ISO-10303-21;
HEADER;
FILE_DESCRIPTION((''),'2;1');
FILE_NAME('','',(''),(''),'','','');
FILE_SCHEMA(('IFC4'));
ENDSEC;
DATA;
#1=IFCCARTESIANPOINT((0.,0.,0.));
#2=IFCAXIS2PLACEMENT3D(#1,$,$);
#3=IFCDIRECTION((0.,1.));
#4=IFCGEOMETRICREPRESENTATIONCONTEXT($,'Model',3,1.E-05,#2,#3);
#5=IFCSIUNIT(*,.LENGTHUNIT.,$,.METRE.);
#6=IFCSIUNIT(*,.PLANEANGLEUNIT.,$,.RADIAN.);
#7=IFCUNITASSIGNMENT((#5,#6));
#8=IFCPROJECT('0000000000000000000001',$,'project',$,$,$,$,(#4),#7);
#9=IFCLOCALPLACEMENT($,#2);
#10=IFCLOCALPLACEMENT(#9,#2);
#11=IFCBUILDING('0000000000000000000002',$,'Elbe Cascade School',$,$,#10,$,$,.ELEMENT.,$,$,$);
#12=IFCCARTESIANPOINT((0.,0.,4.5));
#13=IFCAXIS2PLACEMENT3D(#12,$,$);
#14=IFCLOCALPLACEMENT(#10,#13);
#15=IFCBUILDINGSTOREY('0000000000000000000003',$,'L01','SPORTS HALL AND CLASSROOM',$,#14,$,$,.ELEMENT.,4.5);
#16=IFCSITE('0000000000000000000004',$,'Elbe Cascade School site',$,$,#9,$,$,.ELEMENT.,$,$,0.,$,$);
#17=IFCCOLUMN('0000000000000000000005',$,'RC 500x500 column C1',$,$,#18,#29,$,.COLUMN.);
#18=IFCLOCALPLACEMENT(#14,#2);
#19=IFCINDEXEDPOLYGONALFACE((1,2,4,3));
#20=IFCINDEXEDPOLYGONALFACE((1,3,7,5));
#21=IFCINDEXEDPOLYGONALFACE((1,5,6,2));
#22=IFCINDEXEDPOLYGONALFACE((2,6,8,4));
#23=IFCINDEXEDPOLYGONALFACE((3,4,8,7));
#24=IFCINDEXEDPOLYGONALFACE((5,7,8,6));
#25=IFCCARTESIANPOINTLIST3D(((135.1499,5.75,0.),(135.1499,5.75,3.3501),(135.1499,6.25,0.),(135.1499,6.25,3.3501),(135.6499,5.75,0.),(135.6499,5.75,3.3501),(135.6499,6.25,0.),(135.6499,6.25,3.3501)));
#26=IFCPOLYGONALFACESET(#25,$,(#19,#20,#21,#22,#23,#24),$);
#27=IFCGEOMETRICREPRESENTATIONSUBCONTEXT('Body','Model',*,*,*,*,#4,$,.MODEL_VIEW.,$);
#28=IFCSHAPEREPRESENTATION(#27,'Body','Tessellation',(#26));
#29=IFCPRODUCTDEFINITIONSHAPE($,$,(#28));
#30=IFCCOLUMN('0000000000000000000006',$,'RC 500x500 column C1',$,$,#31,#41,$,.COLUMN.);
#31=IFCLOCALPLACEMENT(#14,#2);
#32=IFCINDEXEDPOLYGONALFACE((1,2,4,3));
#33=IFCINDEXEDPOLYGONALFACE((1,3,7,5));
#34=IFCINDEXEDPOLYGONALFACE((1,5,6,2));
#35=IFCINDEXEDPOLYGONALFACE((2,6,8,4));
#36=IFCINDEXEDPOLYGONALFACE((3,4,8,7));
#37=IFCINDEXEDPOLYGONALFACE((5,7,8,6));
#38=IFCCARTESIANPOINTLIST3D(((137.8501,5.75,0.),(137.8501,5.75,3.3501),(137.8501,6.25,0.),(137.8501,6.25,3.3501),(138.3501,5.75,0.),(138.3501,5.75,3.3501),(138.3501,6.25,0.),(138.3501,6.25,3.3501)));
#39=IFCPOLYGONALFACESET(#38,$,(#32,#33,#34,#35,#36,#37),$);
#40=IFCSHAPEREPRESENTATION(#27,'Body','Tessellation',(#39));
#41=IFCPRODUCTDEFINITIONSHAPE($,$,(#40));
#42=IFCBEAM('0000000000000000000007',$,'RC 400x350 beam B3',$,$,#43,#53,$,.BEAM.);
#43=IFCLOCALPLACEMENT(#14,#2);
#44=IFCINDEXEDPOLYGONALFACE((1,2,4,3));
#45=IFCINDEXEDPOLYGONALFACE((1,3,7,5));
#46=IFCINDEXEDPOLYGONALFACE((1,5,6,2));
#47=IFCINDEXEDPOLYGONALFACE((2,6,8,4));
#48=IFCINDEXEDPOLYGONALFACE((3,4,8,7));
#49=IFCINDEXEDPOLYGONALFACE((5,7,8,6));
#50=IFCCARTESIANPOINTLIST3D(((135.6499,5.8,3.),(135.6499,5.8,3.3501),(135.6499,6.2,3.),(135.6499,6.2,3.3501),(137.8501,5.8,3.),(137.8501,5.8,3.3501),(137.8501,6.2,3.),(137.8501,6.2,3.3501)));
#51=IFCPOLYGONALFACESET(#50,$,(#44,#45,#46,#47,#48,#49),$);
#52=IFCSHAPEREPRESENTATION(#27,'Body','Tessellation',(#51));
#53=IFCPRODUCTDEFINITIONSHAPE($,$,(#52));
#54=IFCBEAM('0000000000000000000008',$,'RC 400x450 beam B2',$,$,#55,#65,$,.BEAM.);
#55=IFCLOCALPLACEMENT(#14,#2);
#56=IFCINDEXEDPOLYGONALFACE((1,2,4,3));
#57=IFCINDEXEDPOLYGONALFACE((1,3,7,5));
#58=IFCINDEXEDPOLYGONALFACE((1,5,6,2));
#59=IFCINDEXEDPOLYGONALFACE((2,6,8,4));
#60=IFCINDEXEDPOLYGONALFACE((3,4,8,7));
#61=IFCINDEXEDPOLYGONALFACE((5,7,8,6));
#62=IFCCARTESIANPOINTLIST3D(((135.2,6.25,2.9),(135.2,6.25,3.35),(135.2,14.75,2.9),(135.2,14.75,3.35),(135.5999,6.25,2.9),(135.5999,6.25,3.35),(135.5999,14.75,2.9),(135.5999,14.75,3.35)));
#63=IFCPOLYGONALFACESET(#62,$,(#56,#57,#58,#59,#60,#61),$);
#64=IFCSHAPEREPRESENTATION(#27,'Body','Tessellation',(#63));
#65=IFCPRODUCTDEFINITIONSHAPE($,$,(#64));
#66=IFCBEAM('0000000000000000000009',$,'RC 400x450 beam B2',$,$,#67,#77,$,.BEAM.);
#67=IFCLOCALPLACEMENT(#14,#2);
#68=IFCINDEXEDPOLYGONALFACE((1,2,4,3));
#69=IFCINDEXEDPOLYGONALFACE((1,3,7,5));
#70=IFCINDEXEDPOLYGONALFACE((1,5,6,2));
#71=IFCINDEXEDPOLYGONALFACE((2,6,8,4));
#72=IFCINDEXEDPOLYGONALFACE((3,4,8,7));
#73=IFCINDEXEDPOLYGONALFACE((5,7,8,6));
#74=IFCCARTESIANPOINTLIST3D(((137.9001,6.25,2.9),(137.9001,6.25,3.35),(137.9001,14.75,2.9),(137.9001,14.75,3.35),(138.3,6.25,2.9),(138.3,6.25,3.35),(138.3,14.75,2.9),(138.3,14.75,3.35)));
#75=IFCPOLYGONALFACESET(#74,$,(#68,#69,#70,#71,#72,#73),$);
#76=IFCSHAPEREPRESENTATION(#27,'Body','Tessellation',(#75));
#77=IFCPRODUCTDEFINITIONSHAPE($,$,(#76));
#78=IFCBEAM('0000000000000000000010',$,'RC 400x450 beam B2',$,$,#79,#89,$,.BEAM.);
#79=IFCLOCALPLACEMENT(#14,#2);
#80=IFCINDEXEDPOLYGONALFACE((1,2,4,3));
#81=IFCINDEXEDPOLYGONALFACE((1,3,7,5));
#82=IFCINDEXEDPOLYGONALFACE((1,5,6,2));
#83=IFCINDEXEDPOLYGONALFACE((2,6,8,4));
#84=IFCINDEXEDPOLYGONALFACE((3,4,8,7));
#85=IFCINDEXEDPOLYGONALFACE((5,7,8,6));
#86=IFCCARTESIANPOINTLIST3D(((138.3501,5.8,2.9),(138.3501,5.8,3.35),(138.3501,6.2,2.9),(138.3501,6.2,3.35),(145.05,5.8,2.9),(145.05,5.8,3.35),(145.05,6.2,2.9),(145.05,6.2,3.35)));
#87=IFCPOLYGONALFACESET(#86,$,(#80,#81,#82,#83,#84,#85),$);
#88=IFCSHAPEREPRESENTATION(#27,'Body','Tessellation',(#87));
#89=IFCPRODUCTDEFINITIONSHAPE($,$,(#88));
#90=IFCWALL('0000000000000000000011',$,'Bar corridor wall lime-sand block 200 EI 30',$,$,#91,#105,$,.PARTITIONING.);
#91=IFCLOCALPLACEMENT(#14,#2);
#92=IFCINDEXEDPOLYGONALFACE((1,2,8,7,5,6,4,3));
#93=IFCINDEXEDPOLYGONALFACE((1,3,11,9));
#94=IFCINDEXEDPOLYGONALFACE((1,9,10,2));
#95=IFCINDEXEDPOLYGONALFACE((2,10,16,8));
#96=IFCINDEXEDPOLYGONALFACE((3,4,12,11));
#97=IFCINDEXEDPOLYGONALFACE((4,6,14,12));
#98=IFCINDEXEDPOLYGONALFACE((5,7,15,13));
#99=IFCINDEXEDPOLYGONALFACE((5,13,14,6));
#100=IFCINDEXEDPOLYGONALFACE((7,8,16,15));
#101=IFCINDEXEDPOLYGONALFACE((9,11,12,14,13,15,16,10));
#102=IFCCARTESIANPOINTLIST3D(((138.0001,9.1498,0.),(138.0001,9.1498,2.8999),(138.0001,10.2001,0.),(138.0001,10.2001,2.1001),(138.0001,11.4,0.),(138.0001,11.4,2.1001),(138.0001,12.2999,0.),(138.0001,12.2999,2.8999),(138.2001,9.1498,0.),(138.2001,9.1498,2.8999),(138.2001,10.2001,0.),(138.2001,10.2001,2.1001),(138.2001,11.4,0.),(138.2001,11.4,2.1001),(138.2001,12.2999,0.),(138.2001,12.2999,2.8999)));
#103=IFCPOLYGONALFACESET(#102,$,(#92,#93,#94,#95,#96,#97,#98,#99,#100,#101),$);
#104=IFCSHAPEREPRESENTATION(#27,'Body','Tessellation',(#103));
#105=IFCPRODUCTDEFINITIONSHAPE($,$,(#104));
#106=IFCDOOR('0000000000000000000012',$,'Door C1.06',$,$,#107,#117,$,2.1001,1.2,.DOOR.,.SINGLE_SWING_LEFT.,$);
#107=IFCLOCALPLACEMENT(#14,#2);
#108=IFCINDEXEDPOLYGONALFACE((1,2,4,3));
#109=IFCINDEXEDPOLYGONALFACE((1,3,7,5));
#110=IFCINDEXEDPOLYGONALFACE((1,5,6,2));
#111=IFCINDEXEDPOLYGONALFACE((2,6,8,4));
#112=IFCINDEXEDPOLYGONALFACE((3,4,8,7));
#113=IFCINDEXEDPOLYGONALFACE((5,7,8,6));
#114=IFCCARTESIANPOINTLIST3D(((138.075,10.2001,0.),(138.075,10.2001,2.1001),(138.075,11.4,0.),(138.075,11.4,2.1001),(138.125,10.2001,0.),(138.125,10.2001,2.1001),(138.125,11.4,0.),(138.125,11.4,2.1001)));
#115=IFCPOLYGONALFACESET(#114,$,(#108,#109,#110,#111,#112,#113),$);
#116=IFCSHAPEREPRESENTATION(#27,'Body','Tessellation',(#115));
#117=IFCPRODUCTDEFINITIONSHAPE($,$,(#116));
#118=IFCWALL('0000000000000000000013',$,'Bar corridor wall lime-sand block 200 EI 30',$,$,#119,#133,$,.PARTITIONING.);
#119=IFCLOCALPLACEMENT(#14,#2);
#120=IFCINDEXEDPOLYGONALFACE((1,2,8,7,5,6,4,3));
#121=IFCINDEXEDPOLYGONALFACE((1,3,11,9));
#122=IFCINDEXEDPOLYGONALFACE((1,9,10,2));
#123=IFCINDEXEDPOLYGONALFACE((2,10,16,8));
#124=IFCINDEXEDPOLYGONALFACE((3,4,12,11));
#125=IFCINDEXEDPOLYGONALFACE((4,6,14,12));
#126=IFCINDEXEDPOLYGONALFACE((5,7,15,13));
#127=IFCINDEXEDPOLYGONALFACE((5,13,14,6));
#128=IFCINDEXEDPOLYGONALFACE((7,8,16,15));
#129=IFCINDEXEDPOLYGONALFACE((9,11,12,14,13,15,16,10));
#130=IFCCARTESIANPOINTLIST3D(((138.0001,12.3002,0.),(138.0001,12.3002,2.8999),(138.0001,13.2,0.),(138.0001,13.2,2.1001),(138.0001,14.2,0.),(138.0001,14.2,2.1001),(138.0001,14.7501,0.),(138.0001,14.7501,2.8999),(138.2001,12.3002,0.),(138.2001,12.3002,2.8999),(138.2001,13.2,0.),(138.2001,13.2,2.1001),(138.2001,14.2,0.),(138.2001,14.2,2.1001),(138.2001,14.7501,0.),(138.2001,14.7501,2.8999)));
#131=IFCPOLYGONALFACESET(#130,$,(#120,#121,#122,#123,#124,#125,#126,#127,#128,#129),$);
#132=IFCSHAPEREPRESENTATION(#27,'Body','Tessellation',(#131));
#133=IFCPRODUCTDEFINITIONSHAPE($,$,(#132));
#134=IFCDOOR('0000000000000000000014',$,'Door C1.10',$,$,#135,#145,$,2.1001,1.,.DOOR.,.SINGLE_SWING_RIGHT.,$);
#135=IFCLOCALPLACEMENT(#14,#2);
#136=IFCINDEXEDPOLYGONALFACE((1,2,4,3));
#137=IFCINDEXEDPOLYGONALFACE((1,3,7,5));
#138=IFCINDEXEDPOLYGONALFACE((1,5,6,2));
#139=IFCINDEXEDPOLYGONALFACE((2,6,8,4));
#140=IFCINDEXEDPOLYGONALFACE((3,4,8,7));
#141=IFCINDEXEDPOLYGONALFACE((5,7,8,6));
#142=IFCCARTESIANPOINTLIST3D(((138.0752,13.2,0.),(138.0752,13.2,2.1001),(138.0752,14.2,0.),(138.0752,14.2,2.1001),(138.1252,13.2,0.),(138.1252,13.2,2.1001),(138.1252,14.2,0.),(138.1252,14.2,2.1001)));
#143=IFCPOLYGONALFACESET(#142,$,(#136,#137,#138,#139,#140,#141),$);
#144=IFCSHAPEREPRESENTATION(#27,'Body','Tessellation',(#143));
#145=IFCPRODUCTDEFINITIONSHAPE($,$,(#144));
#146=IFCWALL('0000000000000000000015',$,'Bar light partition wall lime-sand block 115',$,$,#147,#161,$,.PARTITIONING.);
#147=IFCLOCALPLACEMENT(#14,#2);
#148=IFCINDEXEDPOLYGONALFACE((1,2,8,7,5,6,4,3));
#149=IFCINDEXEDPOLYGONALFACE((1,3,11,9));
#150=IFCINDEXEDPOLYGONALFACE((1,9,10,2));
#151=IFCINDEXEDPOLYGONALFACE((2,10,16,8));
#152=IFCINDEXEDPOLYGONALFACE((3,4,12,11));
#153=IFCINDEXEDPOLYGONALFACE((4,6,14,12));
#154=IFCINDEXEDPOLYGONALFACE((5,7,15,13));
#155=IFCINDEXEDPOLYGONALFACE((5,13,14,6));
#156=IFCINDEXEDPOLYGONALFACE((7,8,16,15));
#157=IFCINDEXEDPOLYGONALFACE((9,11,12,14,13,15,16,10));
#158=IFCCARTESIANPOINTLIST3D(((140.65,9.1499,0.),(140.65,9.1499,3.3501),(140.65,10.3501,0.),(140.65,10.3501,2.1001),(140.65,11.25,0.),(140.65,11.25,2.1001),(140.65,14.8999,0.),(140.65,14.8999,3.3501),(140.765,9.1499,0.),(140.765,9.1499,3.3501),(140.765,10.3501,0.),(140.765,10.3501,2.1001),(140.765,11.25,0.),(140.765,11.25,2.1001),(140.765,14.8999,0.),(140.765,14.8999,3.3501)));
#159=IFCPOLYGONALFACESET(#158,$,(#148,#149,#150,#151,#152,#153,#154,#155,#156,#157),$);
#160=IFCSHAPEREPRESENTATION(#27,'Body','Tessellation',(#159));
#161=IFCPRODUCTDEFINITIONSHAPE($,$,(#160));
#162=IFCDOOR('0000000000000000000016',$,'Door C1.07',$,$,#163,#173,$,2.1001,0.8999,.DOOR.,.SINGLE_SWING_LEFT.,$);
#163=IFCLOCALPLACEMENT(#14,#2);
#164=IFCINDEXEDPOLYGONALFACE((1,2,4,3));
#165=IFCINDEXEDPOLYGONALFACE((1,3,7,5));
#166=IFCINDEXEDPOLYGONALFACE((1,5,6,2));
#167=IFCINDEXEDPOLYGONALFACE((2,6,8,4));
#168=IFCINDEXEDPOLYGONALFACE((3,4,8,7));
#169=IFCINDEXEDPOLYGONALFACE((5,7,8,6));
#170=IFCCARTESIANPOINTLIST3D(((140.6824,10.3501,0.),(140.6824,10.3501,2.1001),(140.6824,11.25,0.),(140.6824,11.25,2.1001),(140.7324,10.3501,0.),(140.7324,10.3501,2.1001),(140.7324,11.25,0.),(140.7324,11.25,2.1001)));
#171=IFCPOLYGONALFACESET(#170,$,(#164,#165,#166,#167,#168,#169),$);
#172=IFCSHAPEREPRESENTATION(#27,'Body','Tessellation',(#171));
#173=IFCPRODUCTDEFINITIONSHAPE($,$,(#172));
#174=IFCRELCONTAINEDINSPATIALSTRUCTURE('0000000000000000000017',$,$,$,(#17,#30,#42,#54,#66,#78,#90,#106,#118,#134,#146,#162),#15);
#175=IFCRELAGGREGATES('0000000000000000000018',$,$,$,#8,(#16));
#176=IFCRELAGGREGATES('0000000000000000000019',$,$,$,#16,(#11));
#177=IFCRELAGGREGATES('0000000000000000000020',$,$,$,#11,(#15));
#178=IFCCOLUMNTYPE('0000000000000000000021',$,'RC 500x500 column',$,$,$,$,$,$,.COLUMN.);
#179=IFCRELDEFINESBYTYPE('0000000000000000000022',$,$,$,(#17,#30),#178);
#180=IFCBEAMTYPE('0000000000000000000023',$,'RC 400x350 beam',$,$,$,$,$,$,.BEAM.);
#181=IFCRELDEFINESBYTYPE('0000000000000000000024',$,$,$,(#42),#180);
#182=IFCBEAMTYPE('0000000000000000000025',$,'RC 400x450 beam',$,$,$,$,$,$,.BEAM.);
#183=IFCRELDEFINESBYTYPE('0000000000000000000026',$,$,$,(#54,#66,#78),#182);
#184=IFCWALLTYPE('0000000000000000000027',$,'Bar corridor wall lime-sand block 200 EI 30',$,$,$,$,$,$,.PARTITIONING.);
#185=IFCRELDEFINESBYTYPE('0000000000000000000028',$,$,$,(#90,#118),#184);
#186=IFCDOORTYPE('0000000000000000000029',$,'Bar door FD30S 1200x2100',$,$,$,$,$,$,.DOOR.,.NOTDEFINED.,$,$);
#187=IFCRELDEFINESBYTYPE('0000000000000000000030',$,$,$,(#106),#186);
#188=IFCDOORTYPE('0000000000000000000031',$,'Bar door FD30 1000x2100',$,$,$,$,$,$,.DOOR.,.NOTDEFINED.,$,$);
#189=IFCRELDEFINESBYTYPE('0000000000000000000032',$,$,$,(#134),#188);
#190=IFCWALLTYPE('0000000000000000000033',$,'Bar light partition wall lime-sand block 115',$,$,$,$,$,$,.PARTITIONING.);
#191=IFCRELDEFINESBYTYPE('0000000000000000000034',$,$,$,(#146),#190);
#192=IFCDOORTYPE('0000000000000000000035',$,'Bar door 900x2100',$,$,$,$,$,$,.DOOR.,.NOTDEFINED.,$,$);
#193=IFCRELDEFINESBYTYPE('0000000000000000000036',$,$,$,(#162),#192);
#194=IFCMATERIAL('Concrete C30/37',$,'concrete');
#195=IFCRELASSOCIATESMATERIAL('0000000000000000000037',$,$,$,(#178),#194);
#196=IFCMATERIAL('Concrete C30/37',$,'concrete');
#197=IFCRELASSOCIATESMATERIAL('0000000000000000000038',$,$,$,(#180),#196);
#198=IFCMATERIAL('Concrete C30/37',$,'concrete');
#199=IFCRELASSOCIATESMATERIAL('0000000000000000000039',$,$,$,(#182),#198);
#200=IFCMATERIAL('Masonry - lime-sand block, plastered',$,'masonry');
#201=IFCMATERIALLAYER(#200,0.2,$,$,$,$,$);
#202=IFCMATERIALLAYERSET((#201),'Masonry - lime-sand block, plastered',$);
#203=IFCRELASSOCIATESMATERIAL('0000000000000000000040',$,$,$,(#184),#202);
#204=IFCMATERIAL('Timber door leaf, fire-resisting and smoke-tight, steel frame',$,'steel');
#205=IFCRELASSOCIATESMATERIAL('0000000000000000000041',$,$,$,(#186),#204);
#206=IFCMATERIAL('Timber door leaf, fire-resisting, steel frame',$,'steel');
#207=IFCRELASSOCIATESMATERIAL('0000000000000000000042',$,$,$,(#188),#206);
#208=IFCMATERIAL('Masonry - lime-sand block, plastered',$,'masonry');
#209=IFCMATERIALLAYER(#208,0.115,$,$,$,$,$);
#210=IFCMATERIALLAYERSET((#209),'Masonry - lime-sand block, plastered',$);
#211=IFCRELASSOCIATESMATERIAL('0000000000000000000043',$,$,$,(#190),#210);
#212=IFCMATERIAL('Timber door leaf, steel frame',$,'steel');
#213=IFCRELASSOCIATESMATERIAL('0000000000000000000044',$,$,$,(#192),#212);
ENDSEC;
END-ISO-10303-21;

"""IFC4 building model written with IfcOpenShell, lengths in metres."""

from ifc_helpers import new_model, si_unit, direction, frame, frame_2d, origin, origin_2d, place, context, subcontext, project, spatial, rectangle, extrude, material, layer, layer_set, material_profile, profile_set, type_object, element, fill, save


model = new_model("IFC4")

# Units and contexts
model_context = context("Model", 3, precision=1e-05, world=origin(), true_north=direction((0.0, 1.0)))
body_context = subcontext(model_context, "Body", "Model", "MODEL_VIEW")
ifc_project = project(units=[si_unit("LENGTHUNIT", "METRE"), si_unit("PLANEANGLEUNIT", "RADIAN")], contexts=[model_context])

# Site, building, storey
site_placement = place(None, origin())
site = spatial("IfcSite", under=ifc_project, at=site_placement, Name="Elbe Cascade School site", CompositionType="ELEMENT", RefElevation=0.0)
building_placement = place(site_placement, origin())
building = spatial("IfcBuilding", under=site, at=building_placement, Name="Elbe Cascade School", CompositionType="ELEMENT")
storey_placement = place(building_placement, frame((0.0, 0.0, 4.5)))
storey = spatial("IfcBuildingStorey", under=building, at=storey_placement, Name="L01", Description="SPORTS HALL AND CLASSROOM", CompositionType="ELEMENT", Elevation=4.5)

# Columns
ifc_material_1 = material(Name="Concrete C30/37", Category="concrete")
ifc_material_profile_1 = material_profile(ifc_material_1, rectangle(XDim=0.5, YDim=0.5, at=origin_2d()), Name="RC 500x500")
ifc_profile_set_1 = profile_set([ifc_material_profile_1], Name="Concrete C30/37")
column_type = type_object("IfcColumnType", Name="RC 500x500 column", PredefinedType="COLUMN", material=ifc_profile_set_1)
for number, where, z_axis, x_axis, name in (
    (1, (135.3999, 6.0, 0.0), (0.0, 0.0, 1.0), (1.0, 0.0, 0.0), "RC 500x500 column C1"),
    (2, (138.1001, 6.0, 0.0), (0.0, 0.0, 1.0), (1.0, 0.0, 0.0), "RC 500x500 column C1"),
):
    element("IfcColumn", number, at=place(storey_placement, frame(where, z_axis=z_axis, x_axis=x_axis)), inside=storey, type_object=column_type, Name=name, PredefinedType="COLUMN", context=body_context, shape_type="SweptSolid", body=[
        extrude(rectangle(XDim=0.5, YDim=0.5, at=origin_2d()), origin(), (0.0, 0.0, 1.0), 3.3501),
    ])

# Beams
ifc_material_2 = material(Name="Concrete C30/37", Category="concrete")
ifc_material_profile_2 = material_profile(ifc_material_2, rectangle(XDim=0.3999, YDim=0.3501, at=origin_2d()), Name="RC 400x350")
ifc_profile_set_2 = profile_set([ifc_material_profile_2], Name="Concrete C30/37")
beam_type_1 = type_object("IfcBeamType", Name="RC 400x350 beam", PredefinedType="BEAM", material=ifc_profile_set_2)
beam_1_placement = place(storey_placement, frame((135.6499, 6.0, 3.175), z_axis=(1.0, 0.0, 0.0), x_axis=(0.0, 1.0, 0.0)))
element("IfcBeam", 3, at=beam_1_placement, inside=storey, type_object=beam_type_1, Name="RC 400x350 beam B3", PredefinedType="BEAM", context=body_context, shape_type="SweptSolid", body=[
    extrude(rectangle(XDim=0.3999, YDim=0.3501, at=origin_2d()), origin(), (0.0, 0.0, 1.0), 2.2002),
])
ifc_material_3 = material(Name="Concrete C30/37", Category="concrete")
ifc_material_profile_3 = material_profile(ifc_material_3, rectangle(XDim=0.3999, YDim=0.45, at=origin_2d()), Name="RC 400x450")
ifc_profile_set_3 = profile_set([ifc_material_profile_3], Name="Concrete C30/37")
beam_type_2 = type_object("IfcBeamType", Name="RC 400x450 beam", PredefinedType="BEAM", material=ifc_profile_set_3)
for number, where, z_axis, x_axis, name in (
    (4, (135.3999, 6.25, 3.125), (0.0, 1.0, 0.0), (-1.0, 0.0, 0.0), "RC 400x450 beam B2"),
    (5, (138.1001, 6.25, 3.125), (0.0, 1.0, 0.0), (-1.0, 0.0, 0.0), "RC 400x450 beam B2"),
):
    element("IfcBeam", number, at=place(storey_placement, frame(where, z_axis=z_axis, x_axis=x_axis)), inside=storey, type_object=beam_type_2, Name=name, PredefinedType="BEAM", context=body_context, shape_type="SweptSolid", body=[
        extrude(rectangle(XDim=0.3999, YDim=0.45, at=origin_2d()), origin(), (0.0, 0.0, 1.0), 8.5),
    ])
beam_2_placement = place(storey_placement, frame((138.3501, 6.0, 3.125), z_axis=(1.0, 0.0, 0.0), x_axis=(0.0, 1.0, 0.0)))
element("IfcBeam", 6, at=beam_2_placement, inside=storey, type_object=beam_type_2, Name="RC 400x450 beam B2", PredefinedType="BEAM", context=body_context, shape_type="SweptSolid", body=[
    extrude(rectangle(XDim=0.3999, YDim=0.45, at=origin_2d()), origin(), (0.0, 0.0, 1.0), 6.7),
])

# Walls, openings, doors
ifc_material_4 = material(Name="Masonry - lime-sand block, plastered", Category="masonry")
ifc_layer_1 = layer(ifc_material_4, 0.2)
ifc_layer_set_1 = layer_set([ifc_layer_1], Name="Masonry - lime-sand block, plastered")
wall_type_1 = type_object("IfcWallType", Name="Bar corridor wall lime-sand block 200 EI 30", PredefinedType="PARTITIONING", material=ifc_layer_set_1)
wall_1_placement = place(storey_placement, frame((138.1001, 12.3, 0.0), z_axis=(0.0, 0.0, 1.0), x_axis=(0.0, -1.0, 0.0)))
wall_1 = element("IfcWall", 7, at=wall_1_placement, inside=storey, type_object=wall_type_1, Name="Bar corridor wall lime-sand block 200 EI 30", PredefinedType="PARTITIONING", context=body_context, shape_type="SweptSolid", body=[
    extrude(rectangle(XDim=3.1501, YDim=0.2, at=frame_2d((1.5752, 0.0))), origin(), (0.0, 0.0, 1.0), 2.8999),
])
opening_1_placement = place(wall_1_placement, frame((0.8999, 0.0, 0.0)))
opening_1 = element("IfcOpeningElement", 8, at=opening_1_placement, cuts=wall_1, PredefinedType="OPENING", context=body_context, shape_type="SweptSolid", body=[
    extrude(rectangle(XDim=1.2, YDim=2.1001, at=frame_2d((0.6001, 1.05))), frame((0.0, 0.1099, 0.0), z_axis=(0.0, -1.0, 0.0), x_axis=(1.0, 0.0, 0.0)), (0.0, 0.0, 1.0), 0.22),
])
ifc_material_5 = material(Name="Timber door leaf, fire-resisting and smoke-tight, steel frame", Category="steel")
door_type_1 = type_object("IfcDoorType", Name="Bar door FD30S 1200x2100", OperationType="NOTDEFINED", PredefinedType="DOOR", material=ifc_material_5)
door_1_placement = place(opening_1_placement, origin())
door_1 = element("IfcDoor", 9, at=door_1_placement, inside=storey, type_object=door_type_1, Name="Door C1.06", OperationType="SINGLE_SWING_LEFT", OverallHeight=2.1001, OverallWidth=1.2, PredefinedType="DOOR", context=body_context, shape_type="SweptSolid", body=[
    extrude(rectangle(XDim=1.2, YDim=2.1001, at=frame_2d((0.6001, 1.05))), frame((0.0, 0.0249, 0.0), z_axis=(0.0, -1.0, 0.0), x_axis=(1.0, 0.0, 0.0)), (0.0, 0.0, 1.0), 0.05),
])
fill(opening_1, door_1)
wall_2_placement = place(storey_placement, frame((138.1001, 12.3, 0.0), z_axis=(0.0, 0.0, 1.0), x_axis=(0.0, 1.0, 0.0)))
wall_2 = element("IfcWall", 10, at=wall_2_placement, inside=storey, type_object=wall_type_1, Name="Bar corridor wall lime-sand block 200 EI 30", PredefinedType="PARTITIONING", context=body_context, shape_type="SweptSolid", body=[
    extrude(rectangle(XDim=2.45, YDim=0.2, at=frame_2d((1.2251, 0.0))), origin(), (0.0, 0.0, 1.0), 2.8999),
])
opening_2_placement = place(wall_2_placement, frame((0.8999, 0.0, 0.0)))
opening_2 = element("IfcOpeningElement", 11, at=opening_2_placement, cuts=wall_2, PredefinedType="OPENING", context=body_context, shape_type="SweptSolid", body=[
    extrude(rectangle(XDim=1.0, YDim=2.1001, at=frame_2d((0.5, 1.05))), frame((0.0, 0.1099, 0.0), z_axis=(0.0, -1.0, 0.0), x_axis=(1.0, 0.0, 0.0)), (0.0, 0.0, 1.0), 0.22),
])
ifc_material_6 = material(Name="Timber door leaf, fire-resisting, steel frame", Category="steel")
door_type_2 = type_object("IfcDoorType", Name="Bar door FD30 1000x2100", OperationType="NOTDEFINED", PredefinedType="DOOR", material=ifc_material_6)
door_2_placement = place(opening_2_placement, origin())
door_2 = element("IfcDoor", 12, at=door_2_placement, inside=storey, type_object=door_type_2, Name="Door C1.10", OperationType="SINGLE_SWING_RIGHT", OverallHeight=2.1001, OverallWidth=1.0, PredefinedType="DOOR", context=body_context, shape_type="SweptSolid", body=[
    extrude(rectangle(XDim=1.0, YDim=2.1001, at=frame_2d((0.5, 1.05))), frame((0.0, 0.0249, 0.0), z_axis=(0.0, -1.0, 0.0), x_axis=(1.0, 0.0, 0.0)), (0.0, 0.0, 1.0), 0.05),
])
fill(opening_2, door_2)
ifc_material_7 = material(Name="Masonry - lime-sand block, plastered", Category="masonry")
ifc_layer_2 = layer(ifc_material_7, 0.115)
ifc_layer_set_2 = layer_set([ifc_layer_2], Name="Masonry - lime-sand block, plastered")
wall_type_2 = type_object("IfcWallType", Name="Bar light partition wall lime-sand block 115", PredefinedType="PARTITIONING", material=ifc_layer_set_2)
wall_3_placement = place(storey_placement, frame((140.7075, 14.8999, 0.0), z_axis=(0.0, 0.0, 1.0), x_axis=(0.0, -1.0, 0.0)))
wall_3 = element("IfcWall", 13, at=wall_3_placement, inside=storey, type_object=wall_type_2, Name="Bar light partition wall lime-sand block 115", PredefinedType="PARTITIONING", context=body_context, shape_type="SweptSolid", body=[
    extrude(rectangle(XDim=5.75, YDim=0.115, at=frame_2d((2.875, 0.0))), origin(), (0.0, 0.0, 1.0), 3.3501),
])
opening_3_placement = place(wall_3_placement, frame((3.6499, 0.0, 0.0)))
opening_3 = element("IfcOpeningElement", 14, at=opening_3_placement, cuts=wall_3, PredefinedType="OPENING", context=body_context, shape_type="SweptSolid", body=[
    extrude(rectangle(XDim=0.8999, YDim=2.1001, at=frame_2d((0.45, 1.05))), frame((0.0, 0.0674, 0.0), z_axis=(0.0, -1.0, 0.0), x_axis=(1.0, 0.0, 0.0)), (0.0, 0.0, 1.0), 0.135),
])
ifc_material_8 = material(Name="Timber door leaf, steel frame", Category="steel")
door_type_3 = type_object("IfcDoorType", Name="Bar door 900x2100", OperationType="NOTDEFINED", PredefinedType="DOOR", material=ifc_material_8)
door_3_placement = place(opening_3_placement, origin())
door_3 = element("IfcDoor", 15, at=door_3_placement, inside=storey, type_object=door_type_3, Name="Door C1.07", OperationType="SINGLE_SWING_LEFT", OverallHeight=2.1001, OverallWidth=0.8999, PredefinedType="DOOR", context=body_context, shape_type="SweptSolid", body=[
    extrude(rectangle(XDim=0.8999, YDim=2.1001, at=frame_2d((0.45, 1.05))), frame((0.0, 0.0249, 0.0), z_axis=(0.0, -1.0, 0.0), x_axis=(1.0, 0.0, 0.0)), (0.0, 0.0, 1.0), 0.05),
])
fill(opening_3, door_3)

save(model, "model.ifc")
